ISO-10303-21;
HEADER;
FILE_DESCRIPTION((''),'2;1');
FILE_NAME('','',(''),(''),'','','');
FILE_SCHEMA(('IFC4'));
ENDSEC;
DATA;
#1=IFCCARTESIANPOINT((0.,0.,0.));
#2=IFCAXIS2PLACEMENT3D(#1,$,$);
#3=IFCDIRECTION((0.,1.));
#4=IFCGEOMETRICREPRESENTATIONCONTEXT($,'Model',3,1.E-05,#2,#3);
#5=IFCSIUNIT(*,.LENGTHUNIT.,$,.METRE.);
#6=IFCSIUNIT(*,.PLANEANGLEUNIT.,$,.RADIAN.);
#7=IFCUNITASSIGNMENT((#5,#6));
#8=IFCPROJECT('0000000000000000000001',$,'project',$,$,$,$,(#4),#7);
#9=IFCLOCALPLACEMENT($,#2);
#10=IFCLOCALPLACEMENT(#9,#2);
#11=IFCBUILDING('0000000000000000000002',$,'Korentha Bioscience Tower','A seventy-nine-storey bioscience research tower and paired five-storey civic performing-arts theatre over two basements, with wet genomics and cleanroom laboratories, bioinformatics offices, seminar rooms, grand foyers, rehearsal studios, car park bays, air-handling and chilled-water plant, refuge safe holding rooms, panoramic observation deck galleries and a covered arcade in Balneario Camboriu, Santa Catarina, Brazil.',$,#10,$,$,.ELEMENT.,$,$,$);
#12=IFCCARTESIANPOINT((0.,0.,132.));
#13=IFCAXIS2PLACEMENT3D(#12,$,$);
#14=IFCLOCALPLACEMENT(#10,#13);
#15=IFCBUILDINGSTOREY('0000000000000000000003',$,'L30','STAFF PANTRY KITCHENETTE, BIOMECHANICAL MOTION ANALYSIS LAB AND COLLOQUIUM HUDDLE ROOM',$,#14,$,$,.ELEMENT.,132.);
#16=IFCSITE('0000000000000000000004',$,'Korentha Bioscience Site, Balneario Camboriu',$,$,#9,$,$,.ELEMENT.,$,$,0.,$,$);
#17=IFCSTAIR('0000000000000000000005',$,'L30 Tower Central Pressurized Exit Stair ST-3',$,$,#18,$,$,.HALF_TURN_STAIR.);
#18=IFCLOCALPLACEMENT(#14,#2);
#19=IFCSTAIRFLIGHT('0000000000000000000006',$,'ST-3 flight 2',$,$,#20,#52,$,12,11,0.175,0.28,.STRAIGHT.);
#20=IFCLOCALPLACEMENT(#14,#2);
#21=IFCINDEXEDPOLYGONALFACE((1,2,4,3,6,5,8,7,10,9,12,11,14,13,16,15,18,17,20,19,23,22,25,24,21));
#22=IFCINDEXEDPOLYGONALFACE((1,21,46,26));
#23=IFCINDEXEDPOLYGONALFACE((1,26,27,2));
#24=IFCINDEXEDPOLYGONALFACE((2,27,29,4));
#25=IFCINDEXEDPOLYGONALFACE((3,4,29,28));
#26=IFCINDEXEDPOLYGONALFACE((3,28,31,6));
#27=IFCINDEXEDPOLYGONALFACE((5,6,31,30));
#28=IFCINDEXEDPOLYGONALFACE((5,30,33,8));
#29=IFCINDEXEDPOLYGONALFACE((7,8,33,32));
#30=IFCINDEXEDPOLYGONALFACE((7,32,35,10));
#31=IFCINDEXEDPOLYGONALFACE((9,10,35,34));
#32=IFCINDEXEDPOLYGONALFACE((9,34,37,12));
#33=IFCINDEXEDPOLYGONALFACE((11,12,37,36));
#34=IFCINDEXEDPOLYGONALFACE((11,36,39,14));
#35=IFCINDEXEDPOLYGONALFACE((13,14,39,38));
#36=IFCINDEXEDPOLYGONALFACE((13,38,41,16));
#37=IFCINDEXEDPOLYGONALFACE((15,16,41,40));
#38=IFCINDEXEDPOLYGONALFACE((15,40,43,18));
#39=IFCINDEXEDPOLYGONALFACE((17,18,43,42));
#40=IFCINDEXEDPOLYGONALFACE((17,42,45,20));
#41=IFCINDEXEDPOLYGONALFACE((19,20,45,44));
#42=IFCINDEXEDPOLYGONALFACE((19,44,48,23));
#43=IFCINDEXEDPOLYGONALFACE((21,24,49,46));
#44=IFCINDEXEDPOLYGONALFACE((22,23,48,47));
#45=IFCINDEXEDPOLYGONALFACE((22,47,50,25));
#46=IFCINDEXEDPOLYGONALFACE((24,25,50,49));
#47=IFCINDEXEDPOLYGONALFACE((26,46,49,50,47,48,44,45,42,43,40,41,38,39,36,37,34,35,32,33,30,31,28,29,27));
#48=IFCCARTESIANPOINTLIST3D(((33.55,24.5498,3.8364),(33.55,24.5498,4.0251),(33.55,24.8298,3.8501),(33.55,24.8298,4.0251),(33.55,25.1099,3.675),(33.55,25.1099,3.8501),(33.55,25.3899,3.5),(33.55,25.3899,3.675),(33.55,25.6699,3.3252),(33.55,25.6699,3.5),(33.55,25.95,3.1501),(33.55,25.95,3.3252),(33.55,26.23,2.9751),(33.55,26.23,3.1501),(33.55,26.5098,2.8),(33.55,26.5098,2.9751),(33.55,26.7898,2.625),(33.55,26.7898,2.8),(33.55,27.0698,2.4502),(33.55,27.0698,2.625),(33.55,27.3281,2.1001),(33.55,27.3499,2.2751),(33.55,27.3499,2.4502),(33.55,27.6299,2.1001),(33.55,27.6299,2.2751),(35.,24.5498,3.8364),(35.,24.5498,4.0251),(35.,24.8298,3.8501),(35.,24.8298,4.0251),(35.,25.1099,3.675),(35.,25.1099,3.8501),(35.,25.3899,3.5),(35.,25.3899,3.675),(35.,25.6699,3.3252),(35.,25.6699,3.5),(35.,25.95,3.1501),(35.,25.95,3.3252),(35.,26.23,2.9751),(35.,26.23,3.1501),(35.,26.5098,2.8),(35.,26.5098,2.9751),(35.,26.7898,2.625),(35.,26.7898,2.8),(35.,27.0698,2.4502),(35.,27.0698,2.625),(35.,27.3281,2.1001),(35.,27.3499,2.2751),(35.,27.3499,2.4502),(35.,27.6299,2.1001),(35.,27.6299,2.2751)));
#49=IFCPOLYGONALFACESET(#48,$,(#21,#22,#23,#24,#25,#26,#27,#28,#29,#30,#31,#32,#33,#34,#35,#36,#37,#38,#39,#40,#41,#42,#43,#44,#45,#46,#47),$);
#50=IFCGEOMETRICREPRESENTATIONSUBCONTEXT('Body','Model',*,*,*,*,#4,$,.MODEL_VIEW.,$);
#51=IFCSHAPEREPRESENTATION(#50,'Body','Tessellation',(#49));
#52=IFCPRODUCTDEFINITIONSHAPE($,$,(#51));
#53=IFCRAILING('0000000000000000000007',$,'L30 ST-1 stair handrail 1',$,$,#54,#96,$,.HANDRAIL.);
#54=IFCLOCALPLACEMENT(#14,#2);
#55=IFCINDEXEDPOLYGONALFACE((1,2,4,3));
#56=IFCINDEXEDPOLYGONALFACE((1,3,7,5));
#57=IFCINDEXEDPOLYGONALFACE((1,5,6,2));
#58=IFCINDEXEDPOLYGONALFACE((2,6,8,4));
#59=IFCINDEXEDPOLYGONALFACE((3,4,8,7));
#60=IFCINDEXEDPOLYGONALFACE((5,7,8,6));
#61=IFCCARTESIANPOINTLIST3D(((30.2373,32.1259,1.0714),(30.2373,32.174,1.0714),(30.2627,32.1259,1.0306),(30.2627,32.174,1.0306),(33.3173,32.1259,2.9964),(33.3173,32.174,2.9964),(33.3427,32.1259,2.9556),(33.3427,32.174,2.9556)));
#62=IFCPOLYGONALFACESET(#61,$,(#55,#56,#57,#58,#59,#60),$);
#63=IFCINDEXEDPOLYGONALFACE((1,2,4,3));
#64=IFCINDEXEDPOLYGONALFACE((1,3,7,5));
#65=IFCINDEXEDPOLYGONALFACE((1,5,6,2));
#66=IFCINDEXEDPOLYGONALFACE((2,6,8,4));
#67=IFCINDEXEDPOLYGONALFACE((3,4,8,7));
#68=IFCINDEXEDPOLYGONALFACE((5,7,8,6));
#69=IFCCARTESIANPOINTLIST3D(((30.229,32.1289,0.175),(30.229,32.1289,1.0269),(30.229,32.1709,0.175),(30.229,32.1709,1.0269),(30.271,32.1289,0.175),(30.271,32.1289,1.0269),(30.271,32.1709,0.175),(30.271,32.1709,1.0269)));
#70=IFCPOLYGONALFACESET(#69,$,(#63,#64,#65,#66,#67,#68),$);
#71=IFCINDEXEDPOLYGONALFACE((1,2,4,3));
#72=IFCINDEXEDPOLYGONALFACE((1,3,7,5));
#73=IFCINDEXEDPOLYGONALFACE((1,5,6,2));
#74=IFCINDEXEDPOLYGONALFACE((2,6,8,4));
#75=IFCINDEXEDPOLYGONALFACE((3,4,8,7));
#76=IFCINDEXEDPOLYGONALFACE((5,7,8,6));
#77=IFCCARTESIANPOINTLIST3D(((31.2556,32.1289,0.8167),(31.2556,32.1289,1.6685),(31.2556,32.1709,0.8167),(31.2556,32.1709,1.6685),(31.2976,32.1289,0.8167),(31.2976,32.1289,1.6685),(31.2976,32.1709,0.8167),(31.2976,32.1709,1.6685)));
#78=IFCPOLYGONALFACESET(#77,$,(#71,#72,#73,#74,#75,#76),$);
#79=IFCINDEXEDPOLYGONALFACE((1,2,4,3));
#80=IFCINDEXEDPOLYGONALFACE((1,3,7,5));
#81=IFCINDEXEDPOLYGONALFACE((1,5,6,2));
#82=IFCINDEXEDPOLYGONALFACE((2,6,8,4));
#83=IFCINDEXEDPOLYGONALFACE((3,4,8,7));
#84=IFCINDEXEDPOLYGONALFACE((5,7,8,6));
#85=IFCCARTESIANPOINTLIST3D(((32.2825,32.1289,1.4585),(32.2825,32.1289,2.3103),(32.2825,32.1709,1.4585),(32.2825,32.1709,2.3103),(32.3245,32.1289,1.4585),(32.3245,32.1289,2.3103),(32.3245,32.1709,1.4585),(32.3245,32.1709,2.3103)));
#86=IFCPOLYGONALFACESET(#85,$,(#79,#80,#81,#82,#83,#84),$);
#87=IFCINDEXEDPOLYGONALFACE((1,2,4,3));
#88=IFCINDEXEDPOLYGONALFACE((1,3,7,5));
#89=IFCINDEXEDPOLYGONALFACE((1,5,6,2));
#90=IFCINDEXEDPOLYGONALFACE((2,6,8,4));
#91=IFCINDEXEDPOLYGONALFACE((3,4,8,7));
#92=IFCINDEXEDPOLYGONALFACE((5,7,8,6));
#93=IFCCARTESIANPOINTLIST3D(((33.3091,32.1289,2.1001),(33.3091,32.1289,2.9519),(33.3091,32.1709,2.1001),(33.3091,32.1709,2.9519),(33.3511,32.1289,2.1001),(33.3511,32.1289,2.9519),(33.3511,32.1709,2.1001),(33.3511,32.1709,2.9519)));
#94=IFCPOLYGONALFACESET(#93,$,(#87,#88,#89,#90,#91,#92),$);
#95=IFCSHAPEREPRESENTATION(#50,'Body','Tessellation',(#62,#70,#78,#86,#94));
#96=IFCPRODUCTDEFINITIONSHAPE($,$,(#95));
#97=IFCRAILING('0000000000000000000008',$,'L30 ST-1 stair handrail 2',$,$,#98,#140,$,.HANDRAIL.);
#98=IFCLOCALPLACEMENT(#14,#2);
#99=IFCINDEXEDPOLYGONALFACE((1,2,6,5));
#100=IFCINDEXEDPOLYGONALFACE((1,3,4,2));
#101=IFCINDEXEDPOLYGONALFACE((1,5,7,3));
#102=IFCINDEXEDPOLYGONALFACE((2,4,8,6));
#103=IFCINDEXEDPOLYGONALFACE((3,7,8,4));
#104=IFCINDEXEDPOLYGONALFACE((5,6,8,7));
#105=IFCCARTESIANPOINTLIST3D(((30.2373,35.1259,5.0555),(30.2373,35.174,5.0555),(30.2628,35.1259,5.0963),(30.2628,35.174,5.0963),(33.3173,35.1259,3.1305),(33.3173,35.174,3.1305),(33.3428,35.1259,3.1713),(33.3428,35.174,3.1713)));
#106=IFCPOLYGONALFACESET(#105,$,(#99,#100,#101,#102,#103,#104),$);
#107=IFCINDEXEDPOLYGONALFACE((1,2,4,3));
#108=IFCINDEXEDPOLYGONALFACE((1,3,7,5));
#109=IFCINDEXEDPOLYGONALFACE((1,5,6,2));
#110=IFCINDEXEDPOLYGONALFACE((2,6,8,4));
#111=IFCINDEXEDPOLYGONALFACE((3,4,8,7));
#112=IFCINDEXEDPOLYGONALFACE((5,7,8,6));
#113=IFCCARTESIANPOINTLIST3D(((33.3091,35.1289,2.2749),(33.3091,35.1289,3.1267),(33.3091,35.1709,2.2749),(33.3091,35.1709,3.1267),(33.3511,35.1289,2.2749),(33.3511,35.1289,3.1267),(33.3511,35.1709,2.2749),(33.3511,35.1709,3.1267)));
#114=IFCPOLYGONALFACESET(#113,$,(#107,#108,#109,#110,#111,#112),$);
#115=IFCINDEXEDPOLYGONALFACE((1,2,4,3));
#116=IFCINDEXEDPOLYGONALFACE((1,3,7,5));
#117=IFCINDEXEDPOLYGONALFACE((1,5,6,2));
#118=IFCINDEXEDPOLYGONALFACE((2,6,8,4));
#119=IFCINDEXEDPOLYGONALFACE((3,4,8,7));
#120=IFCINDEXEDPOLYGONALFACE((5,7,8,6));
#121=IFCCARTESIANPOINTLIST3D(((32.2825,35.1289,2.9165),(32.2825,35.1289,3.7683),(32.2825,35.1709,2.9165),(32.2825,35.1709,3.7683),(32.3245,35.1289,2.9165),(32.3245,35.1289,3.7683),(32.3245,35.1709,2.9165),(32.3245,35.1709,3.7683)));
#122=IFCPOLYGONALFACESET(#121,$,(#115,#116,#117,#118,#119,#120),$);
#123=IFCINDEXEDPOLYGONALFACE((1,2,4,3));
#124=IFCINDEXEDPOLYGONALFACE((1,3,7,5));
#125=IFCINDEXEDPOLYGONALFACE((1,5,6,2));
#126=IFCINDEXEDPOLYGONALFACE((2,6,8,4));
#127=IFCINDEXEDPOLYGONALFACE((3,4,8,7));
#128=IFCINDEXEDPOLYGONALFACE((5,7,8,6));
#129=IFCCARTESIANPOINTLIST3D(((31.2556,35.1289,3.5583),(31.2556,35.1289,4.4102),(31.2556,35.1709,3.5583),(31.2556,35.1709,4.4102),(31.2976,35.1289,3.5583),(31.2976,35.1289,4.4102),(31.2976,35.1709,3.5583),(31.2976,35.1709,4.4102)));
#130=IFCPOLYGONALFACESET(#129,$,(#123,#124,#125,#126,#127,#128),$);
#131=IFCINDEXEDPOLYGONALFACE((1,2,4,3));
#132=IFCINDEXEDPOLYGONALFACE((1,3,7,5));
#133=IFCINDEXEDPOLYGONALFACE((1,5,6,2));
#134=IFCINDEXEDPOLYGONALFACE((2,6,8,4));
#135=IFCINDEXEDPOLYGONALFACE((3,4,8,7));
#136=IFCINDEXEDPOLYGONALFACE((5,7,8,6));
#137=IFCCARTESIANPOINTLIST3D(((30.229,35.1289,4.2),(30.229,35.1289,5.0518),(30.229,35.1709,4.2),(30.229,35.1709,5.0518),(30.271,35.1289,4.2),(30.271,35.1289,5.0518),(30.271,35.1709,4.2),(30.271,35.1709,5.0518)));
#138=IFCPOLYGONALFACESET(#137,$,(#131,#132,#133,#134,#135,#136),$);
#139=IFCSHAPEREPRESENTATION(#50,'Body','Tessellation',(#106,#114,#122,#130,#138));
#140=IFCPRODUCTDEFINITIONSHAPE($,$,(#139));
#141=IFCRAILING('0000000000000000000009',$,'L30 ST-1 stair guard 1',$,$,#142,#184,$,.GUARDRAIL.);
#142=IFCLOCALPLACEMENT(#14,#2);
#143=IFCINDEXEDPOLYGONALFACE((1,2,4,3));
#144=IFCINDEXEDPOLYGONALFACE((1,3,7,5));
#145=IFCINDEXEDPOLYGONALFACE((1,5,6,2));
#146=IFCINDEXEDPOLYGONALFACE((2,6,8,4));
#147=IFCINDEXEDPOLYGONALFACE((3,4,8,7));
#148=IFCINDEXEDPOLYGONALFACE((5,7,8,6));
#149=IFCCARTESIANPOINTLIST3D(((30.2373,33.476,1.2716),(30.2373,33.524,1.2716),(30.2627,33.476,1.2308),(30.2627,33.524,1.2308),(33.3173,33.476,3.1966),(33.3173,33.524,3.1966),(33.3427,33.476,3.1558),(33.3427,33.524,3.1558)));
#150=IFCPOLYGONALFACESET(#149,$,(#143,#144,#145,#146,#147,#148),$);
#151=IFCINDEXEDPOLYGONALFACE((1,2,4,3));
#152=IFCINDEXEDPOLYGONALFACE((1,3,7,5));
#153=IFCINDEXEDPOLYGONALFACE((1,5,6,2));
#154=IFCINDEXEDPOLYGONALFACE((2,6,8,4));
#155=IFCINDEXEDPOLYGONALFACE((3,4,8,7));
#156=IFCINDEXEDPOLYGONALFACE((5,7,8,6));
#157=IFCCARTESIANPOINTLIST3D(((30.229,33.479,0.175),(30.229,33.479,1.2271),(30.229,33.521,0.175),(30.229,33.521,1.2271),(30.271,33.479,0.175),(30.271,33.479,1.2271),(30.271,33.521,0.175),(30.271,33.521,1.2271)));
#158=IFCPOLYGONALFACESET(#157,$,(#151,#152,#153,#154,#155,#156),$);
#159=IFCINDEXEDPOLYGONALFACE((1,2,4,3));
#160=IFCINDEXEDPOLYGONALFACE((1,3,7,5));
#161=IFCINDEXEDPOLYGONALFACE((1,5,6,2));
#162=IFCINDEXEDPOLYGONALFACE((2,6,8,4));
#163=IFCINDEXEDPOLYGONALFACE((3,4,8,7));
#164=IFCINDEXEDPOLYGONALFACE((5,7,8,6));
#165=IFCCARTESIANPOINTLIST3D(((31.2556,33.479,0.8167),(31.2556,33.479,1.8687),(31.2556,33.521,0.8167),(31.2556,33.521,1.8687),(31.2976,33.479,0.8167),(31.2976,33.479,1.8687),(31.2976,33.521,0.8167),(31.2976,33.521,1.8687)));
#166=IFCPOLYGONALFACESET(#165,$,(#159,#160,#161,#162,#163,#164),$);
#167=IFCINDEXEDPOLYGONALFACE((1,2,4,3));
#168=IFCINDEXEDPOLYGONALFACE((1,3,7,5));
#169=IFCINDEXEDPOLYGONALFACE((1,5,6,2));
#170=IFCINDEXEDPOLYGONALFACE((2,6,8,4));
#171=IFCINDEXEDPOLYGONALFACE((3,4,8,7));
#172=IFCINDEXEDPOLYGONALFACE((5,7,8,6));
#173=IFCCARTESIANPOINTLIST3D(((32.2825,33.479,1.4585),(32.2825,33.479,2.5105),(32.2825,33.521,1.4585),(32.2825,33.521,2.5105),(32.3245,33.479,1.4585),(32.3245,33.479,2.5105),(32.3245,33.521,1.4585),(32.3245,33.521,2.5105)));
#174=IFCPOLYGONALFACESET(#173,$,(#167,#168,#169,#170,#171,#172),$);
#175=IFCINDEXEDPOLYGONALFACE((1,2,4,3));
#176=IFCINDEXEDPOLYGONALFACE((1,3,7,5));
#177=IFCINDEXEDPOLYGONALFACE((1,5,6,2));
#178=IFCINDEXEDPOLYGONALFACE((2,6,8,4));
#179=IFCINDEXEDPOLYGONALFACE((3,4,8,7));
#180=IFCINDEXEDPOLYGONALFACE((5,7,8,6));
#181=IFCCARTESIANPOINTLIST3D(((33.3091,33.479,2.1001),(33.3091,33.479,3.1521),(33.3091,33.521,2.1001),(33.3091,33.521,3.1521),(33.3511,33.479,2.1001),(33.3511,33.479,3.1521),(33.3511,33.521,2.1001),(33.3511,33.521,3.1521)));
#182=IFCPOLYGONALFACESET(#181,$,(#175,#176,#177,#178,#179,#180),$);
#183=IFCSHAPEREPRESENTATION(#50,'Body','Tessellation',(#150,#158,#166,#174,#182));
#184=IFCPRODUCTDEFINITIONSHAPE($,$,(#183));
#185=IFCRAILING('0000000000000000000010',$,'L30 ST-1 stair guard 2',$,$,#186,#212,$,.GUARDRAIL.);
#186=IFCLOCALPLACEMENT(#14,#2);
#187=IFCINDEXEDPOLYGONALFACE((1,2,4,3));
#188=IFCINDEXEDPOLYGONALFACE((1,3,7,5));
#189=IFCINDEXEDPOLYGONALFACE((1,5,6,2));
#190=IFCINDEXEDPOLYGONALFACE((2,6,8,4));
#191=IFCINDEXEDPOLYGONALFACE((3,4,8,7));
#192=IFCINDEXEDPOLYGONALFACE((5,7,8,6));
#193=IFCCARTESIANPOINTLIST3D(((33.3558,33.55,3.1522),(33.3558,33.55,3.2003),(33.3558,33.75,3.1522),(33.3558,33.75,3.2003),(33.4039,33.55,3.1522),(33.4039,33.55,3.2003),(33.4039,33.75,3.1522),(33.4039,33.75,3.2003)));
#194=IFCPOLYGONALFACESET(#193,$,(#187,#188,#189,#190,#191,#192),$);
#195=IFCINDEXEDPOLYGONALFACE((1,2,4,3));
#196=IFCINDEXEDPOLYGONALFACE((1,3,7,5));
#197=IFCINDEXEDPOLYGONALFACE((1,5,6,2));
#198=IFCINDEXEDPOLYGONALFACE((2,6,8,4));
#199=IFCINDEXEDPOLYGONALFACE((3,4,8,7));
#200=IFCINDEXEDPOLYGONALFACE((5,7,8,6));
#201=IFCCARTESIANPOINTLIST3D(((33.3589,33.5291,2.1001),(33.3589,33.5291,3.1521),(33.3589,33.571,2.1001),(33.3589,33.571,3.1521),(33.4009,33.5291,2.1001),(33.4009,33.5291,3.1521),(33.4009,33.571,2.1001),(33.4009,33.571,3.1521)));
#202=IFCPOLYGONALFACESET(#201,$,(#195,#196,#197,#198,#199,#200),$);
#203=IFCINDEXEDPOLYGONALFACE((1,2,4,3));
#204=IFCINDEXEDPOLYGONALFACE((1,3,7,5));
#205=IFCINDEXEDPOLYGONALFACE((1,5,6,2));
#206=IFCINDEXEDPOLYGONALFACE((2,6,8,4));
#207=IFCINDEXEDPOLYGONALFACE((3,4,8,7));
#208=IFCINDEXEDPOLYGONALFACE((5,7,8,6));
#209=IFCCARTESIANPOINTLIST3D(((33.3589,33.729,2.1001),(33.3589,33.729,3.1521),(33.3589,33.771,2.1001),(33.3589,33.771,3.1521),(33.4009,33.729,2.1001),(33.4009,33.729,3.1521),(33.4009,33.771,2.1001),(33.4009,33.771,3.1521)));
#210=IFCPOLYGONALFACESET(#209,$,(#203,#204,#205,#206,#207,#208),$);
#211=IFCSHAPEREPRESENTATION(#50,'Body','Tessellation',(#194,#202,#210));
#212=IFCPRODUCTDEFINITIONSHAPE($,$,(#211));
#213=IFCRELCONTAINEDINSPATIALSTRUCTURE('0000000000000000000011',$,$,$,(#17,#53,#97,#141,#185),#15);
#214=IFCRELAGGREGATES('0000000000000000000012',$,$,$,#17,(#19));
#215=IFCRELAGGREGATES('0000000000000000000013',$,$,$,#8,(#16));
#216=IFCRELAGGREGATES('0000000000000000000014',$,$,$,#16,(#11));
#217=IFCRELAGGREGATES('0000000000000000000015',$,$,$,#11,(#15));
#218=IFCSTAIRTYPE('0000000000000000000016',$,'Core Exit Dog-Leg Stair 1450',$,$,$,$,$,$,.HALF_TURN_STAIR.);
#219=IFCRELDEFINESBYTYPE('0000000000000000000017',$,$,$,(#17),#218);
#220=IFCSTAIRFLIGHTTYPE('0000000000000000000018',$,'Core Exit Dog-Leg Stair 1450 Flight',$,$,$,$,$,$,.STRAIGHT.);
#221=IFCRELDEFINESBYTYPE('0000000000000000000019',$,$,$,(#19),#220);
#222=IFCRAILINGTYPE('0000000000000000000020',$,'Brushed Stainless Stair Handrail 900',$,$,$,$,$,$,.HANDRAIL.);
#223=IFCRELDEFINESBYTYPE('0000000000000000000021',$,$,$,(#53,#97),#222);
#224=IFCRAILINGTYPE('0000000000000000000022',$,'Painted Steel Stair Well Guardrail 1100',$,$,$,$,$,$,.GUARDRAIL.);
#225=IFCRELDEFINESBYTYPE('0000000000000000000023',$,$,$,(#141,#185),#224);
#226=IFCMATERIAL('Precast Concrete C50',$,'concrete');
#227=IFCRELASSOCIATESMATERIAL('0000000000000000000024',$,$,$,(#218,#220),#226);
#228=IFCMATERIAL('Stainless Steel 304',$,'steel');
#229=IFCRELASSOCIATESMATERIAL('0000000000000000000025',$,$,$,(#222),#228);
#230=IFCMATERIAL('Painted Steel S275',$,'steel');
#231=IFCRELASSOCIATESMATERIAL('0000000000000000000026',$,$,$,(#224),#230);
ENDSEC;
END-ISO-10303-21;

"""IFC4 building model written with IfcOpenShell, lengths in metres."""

from ifc_helpers import new_model, si_unit, direction, frame, origin, origin_2d, place, context, subcontext, project, spatial, polyline, rectangle, outline, extrude, material, type_object, element, aggregate, save


model = new_model("IFC4")

# Units and contexts
model_context = context("Model", 3, precision=1e-05, world=origin(), true_north=direction((0.0, 1.0)))
body_context = subcontext(model_context, "Body", "Model", "MODEL_VIEW")
ifc_project = project(units=[si_unit("LENGTHUNIT", "METRE"), si_unit("PLANEANGLEUNIT", "RADIAN")], contexts=[model_context])

# Site, building, storey
site_placement = place(None, origin())
site = spatial("IfcSite", under=ifc_project, at=site_placement, Name="Korentha Bioscience Site, Balneario Camboriu", CompositionType="ELEMENT", RefElevation=0.0)
building_placement = place(site_placement, origin())
building = spatial("IfcBuilding", under=site, at=building_placement, Name="Korentha Bioscience Tower", Description="A seventy-nine-storey bioscience research tower and paired five-storey civic performing-arts theatre over two basements, with wet genomics and cleanroom laboratories, bioinformatics offices, seminar rooms, grand foyers, rehearsal studios, car park bays, air-handling and chilled-water plant, refuge safe holding rooms, panoramic observation deck galleries and a covered arcade in Balneario Camboriu, Santa Catarina, Brazil.", CompositionType="ELEMENT")
storey_placement = place(building_placement, frame((0.0, 0.0, 132.0)))
storey = spatial("IfcBuildingStorey", under=building, at=storey_placement, Name="L30", Description="STAFF PANTRY KITCHENETTE, BIOMECHANICAL MOTION ANALYSIS LAB AND COLLOQUIUM HUDDLE ROOM", CompositionType="ELEMENT", Elevation=132.0)

# Shared definitions
ifc_material_1 = material(Name="Precast Concrete C50", Category="concrete")
stair_type = type_object("IfcStairType", Name="Core Exit Dog-Leg Stair 1450", PredefinedType="HALF_TURN_STAIR", material=ifc_material_1)
stair_flight_type = type_object("IfcStairFlightType", Name="Core Exit Dog-Leg Stair 1450 Flight", PredefinedType="STRAIGHT", material=ifc_material_1)

# Stair, stair flight
stair_1_placement = place(storey_placement, origin())
stair_1 = element("IfcStair", 1, at=stair_1_placement, inside=storey, type_object=stair_type, Name="L30 Tower Central Pressurized Exit Stair ST-3", PredefinedType="HALF_TURN_STAIR")
stair_flight_1_placement = place(storey_placement, frame((34.2749, 27.6299, 2.1001), z_axis=(0.0, 0.0, 1.0), x_axis=(0.0, -1.0, 0.0)))
stair_flight_1 = element("IfcStairFlight", 2, at=stair_flight_1_placement, type_object=stair_flight_type, Name="ST-3 flight 2", NumberOfRisers=12, NumberOfTreads=11, PredefinedType="STRAIGHT", RiserHeight=0.175, TreadLength=0.28, context=body_context, shape_type="SweptSolid", body=[
    extrude(outline(polyline([(0.0, 0.0), (0.0, 0.175), (0.28, 0.175), (0.28, 0.3501), (0.5601, 0.3501), (0.5601, 0.5249), (0.8401, 0.5249), (0.8401, 0.7), (1.1201, 0.7), (1.1201, 0.875), (1.3999, 0.875), (1.3999, 1.05), (1.6799, 1.05), (1.6799, 1.2251), (1.96, 1.2251), (1.96, 1.3999), (2.24, 1.3999), (2.24, 1.575), (2.52, 1.575), (2.52, 1.75), (2.8, 1.75), (2.8, 1.925), (3.0801, 1.925), (3.0801, 2.1001), (3.0801, 1.7363), (0.3018, 0.0), (0.0, 0.0)])), frame((0.0, 0.7251, 0.0), z_axis=(0.0, -1.0, 0.0), x_axis=(1.0, 0.0, 0.0)), (0.0, 0.0, 1.0), 1.45),
])
aggregate(stair_1, [stair_flight_1])

# Railings
ifc_material_2 = material(Name="Stainless Steel 304", Category="steel")
railing_type_1 = type_object("IfcRailingType", Name="Brushed Stainless Stair Handrail 900", PredefinedType="HANDRAIL", material=ifc_material_2)
railing_1_placement = place(storey_placement, frame((30.25, 32.1499, 0.175)))
element("IfcRailing", 3, at=railing_1_placement, inside=storey, type_object=railing_type_1, Name="L30 ST-1 stair handrail 1", PredefinedType="HANDRAIL", context=body_context, shape_type="SweptSolid", body=[
    extrude(rectangle(XDim=0.0481, YDim=0.0481, at=origin_2d()), frame((0.0, 0.0, 0.876), z_axis=(0.847998, 0.0, 0.529999), x_axis=(0.0, 1.0, 0.0)), (0.0, 0.0, 1.0), 3.6321),
    extrude(rectangle(XDim=0.042, YDim=0.042, at=origin_2d()), origin(), (0.0, 0.0, 1.0), 0.8518),
    extrude(rectangle(XDim=0.042, YDim=0.042, at=origin_2d()), frame((1.0266, 0.0, 0.6416)), (0.0, 0.0, 1.0), 0.8518),
    extrude(rectangle(XDim=0.042, YDim=0.042, at=origin_2d()), frame((2.0535, 0.0, 1.2834)), (0.0, 0.0, 1.0), 0.8518),
    extrude(rectangle(XDim=0.042, YDim=0.042, at=origin_2d()), frame((3.0801, 0.0, 1.925)), (0.0, 0.0, 1.0), 0.8518),
])
railing_2_placement = place(storey_placement, frame((33.3301, 35.1499, 2.2749)))
element("IfcRailing", 4, at=railing_2_placement, inside=storey, type_object=railing_type_1, Name="L30 ST-1 stair handrail 2", PredefinedType="HANDRAIL", context=body_context, shape_type="SweptSolid", body=[
    extrude(rectangle(XDim=0.0481, YDim=0.0481, at=origin_2d()), frame((0.0, 0.0, 0.876), z_axis=(-0.847998, 0.0, 0.529999), x_axis=(0.0, -1.0, 0.0)), (0.0, 0.0, 1.0), 3.6321),
    extrude(rectangle(XDim=0.042, YDim=0.042, at=origin_2d()), origin(), (0.0, 0.0, 1.0), 0.8518),
    extrude(rectangle(XDim=0.042, YDim=0.042, at=origin_2d()), frame((-1.0266, 0.0, 0.6416)), (0.0, 0.0, 1.0), 0.8518),
    extrude(rectangle(XDim=0.042, YDim=0.042, at=origin_2d()), frame((-2.0535, 0.0, 1.2834)), (0.0, 0.0, 1.0), 0.8518),
    extrude(rectangle(XDim=0.042, YDim=0.042, at=origin_2d()), frame((-3.0801, 0.0, 1.925)), (0.0, 0.0, 1.0), 0.8518),
])
ifc_material_3 = material(Name="Painted Steel S275", Category="steel")
railing_type_2 = type_object("IfcRailingType", Name="Painted Steel Stair Well Guardrail 1100", PredefinedType="GUARDRAIL", material=ifc_material_3)
railing_3_placement = place(storey_placement, frame((30.25, 33.5, 0.175)))
element("IfcRailing", 5, at=railing_3_placement, inside=storey, type_object=railing_type_2, Name="L30 ST-1 stair guard 1", PredefinedType="GUARDRAIL", context=body_context, shape_type="SweptSolid", body=[
    extrude(rectangle(XDim=0.0481, YDim=0.0481, at=origin_2d()), frame((0.0, 0.0, 1.0762), z_axis=(0.847998, 0.0, 0.529999), x_axis=(0.0, 1.0, 0.0)), (0.0, 0.0, 1.0), 3.6321),
    extrude(rectangle(XDim=0.042, YDim=0.042, at=origin_2d()), origin(), (0.0, 0.0, 1.0), 1.052),
    extrude(rectangle(XDim=0.042, YDim=0.042, at=origin_2d()), frame((1.0266, 0.0, 0.6416)), (0.0, 0.0, 1.0), 1.052),
    extrude(rectangle(XDim=0.042, YDim=0.042, at=origin_2d()), frame((2.0535, 0.0, 1.2834)), (0.0, 0.0, 1.0), 1.052),
    extrude(rectangle(XDim=0.042, YDim=0.042, at=origin_2d()), frame((3.0801, 0.0, 1.925)), (0.0, 0.0, 1.0), 1.052),
])
railing_4_placement = place(storey_placement, frame((33.3799, 33.55, 2.1001)))
element("IfcRailing", 6, at=railing_4_placement, inside=storey, type_object=railing_type_2, Name="L30 ST-1 stair guard 2", PredefinedType="GUARDRAIL", context=body_context, shape_type="SweptSolid", body=[
    extrude(rectangle(XDim=0.0481, YDim=0.0481, at=origin_2d()), frame((0.0, 0.0, 1.0762), z_axis=(0.0, 1.0, 0.0), x_axis=(-1.0, 0.0, 0.0)), (0.0, 0.0, 1.0), 0.2),
    extrude(rectangle(XDim=0.042, YDim=0.042, at=origin_2d()), origin(), (0.0, 0.0, 1.0), 1.052),
    extrude(rectangle(XDim=0.042, YDim=0.042, at=origin_2d()), frame((0.0, 0.2, 0.0)), (0.0, 0.0, 1.0), 1.052),
])

save(model, "model.ifc")
